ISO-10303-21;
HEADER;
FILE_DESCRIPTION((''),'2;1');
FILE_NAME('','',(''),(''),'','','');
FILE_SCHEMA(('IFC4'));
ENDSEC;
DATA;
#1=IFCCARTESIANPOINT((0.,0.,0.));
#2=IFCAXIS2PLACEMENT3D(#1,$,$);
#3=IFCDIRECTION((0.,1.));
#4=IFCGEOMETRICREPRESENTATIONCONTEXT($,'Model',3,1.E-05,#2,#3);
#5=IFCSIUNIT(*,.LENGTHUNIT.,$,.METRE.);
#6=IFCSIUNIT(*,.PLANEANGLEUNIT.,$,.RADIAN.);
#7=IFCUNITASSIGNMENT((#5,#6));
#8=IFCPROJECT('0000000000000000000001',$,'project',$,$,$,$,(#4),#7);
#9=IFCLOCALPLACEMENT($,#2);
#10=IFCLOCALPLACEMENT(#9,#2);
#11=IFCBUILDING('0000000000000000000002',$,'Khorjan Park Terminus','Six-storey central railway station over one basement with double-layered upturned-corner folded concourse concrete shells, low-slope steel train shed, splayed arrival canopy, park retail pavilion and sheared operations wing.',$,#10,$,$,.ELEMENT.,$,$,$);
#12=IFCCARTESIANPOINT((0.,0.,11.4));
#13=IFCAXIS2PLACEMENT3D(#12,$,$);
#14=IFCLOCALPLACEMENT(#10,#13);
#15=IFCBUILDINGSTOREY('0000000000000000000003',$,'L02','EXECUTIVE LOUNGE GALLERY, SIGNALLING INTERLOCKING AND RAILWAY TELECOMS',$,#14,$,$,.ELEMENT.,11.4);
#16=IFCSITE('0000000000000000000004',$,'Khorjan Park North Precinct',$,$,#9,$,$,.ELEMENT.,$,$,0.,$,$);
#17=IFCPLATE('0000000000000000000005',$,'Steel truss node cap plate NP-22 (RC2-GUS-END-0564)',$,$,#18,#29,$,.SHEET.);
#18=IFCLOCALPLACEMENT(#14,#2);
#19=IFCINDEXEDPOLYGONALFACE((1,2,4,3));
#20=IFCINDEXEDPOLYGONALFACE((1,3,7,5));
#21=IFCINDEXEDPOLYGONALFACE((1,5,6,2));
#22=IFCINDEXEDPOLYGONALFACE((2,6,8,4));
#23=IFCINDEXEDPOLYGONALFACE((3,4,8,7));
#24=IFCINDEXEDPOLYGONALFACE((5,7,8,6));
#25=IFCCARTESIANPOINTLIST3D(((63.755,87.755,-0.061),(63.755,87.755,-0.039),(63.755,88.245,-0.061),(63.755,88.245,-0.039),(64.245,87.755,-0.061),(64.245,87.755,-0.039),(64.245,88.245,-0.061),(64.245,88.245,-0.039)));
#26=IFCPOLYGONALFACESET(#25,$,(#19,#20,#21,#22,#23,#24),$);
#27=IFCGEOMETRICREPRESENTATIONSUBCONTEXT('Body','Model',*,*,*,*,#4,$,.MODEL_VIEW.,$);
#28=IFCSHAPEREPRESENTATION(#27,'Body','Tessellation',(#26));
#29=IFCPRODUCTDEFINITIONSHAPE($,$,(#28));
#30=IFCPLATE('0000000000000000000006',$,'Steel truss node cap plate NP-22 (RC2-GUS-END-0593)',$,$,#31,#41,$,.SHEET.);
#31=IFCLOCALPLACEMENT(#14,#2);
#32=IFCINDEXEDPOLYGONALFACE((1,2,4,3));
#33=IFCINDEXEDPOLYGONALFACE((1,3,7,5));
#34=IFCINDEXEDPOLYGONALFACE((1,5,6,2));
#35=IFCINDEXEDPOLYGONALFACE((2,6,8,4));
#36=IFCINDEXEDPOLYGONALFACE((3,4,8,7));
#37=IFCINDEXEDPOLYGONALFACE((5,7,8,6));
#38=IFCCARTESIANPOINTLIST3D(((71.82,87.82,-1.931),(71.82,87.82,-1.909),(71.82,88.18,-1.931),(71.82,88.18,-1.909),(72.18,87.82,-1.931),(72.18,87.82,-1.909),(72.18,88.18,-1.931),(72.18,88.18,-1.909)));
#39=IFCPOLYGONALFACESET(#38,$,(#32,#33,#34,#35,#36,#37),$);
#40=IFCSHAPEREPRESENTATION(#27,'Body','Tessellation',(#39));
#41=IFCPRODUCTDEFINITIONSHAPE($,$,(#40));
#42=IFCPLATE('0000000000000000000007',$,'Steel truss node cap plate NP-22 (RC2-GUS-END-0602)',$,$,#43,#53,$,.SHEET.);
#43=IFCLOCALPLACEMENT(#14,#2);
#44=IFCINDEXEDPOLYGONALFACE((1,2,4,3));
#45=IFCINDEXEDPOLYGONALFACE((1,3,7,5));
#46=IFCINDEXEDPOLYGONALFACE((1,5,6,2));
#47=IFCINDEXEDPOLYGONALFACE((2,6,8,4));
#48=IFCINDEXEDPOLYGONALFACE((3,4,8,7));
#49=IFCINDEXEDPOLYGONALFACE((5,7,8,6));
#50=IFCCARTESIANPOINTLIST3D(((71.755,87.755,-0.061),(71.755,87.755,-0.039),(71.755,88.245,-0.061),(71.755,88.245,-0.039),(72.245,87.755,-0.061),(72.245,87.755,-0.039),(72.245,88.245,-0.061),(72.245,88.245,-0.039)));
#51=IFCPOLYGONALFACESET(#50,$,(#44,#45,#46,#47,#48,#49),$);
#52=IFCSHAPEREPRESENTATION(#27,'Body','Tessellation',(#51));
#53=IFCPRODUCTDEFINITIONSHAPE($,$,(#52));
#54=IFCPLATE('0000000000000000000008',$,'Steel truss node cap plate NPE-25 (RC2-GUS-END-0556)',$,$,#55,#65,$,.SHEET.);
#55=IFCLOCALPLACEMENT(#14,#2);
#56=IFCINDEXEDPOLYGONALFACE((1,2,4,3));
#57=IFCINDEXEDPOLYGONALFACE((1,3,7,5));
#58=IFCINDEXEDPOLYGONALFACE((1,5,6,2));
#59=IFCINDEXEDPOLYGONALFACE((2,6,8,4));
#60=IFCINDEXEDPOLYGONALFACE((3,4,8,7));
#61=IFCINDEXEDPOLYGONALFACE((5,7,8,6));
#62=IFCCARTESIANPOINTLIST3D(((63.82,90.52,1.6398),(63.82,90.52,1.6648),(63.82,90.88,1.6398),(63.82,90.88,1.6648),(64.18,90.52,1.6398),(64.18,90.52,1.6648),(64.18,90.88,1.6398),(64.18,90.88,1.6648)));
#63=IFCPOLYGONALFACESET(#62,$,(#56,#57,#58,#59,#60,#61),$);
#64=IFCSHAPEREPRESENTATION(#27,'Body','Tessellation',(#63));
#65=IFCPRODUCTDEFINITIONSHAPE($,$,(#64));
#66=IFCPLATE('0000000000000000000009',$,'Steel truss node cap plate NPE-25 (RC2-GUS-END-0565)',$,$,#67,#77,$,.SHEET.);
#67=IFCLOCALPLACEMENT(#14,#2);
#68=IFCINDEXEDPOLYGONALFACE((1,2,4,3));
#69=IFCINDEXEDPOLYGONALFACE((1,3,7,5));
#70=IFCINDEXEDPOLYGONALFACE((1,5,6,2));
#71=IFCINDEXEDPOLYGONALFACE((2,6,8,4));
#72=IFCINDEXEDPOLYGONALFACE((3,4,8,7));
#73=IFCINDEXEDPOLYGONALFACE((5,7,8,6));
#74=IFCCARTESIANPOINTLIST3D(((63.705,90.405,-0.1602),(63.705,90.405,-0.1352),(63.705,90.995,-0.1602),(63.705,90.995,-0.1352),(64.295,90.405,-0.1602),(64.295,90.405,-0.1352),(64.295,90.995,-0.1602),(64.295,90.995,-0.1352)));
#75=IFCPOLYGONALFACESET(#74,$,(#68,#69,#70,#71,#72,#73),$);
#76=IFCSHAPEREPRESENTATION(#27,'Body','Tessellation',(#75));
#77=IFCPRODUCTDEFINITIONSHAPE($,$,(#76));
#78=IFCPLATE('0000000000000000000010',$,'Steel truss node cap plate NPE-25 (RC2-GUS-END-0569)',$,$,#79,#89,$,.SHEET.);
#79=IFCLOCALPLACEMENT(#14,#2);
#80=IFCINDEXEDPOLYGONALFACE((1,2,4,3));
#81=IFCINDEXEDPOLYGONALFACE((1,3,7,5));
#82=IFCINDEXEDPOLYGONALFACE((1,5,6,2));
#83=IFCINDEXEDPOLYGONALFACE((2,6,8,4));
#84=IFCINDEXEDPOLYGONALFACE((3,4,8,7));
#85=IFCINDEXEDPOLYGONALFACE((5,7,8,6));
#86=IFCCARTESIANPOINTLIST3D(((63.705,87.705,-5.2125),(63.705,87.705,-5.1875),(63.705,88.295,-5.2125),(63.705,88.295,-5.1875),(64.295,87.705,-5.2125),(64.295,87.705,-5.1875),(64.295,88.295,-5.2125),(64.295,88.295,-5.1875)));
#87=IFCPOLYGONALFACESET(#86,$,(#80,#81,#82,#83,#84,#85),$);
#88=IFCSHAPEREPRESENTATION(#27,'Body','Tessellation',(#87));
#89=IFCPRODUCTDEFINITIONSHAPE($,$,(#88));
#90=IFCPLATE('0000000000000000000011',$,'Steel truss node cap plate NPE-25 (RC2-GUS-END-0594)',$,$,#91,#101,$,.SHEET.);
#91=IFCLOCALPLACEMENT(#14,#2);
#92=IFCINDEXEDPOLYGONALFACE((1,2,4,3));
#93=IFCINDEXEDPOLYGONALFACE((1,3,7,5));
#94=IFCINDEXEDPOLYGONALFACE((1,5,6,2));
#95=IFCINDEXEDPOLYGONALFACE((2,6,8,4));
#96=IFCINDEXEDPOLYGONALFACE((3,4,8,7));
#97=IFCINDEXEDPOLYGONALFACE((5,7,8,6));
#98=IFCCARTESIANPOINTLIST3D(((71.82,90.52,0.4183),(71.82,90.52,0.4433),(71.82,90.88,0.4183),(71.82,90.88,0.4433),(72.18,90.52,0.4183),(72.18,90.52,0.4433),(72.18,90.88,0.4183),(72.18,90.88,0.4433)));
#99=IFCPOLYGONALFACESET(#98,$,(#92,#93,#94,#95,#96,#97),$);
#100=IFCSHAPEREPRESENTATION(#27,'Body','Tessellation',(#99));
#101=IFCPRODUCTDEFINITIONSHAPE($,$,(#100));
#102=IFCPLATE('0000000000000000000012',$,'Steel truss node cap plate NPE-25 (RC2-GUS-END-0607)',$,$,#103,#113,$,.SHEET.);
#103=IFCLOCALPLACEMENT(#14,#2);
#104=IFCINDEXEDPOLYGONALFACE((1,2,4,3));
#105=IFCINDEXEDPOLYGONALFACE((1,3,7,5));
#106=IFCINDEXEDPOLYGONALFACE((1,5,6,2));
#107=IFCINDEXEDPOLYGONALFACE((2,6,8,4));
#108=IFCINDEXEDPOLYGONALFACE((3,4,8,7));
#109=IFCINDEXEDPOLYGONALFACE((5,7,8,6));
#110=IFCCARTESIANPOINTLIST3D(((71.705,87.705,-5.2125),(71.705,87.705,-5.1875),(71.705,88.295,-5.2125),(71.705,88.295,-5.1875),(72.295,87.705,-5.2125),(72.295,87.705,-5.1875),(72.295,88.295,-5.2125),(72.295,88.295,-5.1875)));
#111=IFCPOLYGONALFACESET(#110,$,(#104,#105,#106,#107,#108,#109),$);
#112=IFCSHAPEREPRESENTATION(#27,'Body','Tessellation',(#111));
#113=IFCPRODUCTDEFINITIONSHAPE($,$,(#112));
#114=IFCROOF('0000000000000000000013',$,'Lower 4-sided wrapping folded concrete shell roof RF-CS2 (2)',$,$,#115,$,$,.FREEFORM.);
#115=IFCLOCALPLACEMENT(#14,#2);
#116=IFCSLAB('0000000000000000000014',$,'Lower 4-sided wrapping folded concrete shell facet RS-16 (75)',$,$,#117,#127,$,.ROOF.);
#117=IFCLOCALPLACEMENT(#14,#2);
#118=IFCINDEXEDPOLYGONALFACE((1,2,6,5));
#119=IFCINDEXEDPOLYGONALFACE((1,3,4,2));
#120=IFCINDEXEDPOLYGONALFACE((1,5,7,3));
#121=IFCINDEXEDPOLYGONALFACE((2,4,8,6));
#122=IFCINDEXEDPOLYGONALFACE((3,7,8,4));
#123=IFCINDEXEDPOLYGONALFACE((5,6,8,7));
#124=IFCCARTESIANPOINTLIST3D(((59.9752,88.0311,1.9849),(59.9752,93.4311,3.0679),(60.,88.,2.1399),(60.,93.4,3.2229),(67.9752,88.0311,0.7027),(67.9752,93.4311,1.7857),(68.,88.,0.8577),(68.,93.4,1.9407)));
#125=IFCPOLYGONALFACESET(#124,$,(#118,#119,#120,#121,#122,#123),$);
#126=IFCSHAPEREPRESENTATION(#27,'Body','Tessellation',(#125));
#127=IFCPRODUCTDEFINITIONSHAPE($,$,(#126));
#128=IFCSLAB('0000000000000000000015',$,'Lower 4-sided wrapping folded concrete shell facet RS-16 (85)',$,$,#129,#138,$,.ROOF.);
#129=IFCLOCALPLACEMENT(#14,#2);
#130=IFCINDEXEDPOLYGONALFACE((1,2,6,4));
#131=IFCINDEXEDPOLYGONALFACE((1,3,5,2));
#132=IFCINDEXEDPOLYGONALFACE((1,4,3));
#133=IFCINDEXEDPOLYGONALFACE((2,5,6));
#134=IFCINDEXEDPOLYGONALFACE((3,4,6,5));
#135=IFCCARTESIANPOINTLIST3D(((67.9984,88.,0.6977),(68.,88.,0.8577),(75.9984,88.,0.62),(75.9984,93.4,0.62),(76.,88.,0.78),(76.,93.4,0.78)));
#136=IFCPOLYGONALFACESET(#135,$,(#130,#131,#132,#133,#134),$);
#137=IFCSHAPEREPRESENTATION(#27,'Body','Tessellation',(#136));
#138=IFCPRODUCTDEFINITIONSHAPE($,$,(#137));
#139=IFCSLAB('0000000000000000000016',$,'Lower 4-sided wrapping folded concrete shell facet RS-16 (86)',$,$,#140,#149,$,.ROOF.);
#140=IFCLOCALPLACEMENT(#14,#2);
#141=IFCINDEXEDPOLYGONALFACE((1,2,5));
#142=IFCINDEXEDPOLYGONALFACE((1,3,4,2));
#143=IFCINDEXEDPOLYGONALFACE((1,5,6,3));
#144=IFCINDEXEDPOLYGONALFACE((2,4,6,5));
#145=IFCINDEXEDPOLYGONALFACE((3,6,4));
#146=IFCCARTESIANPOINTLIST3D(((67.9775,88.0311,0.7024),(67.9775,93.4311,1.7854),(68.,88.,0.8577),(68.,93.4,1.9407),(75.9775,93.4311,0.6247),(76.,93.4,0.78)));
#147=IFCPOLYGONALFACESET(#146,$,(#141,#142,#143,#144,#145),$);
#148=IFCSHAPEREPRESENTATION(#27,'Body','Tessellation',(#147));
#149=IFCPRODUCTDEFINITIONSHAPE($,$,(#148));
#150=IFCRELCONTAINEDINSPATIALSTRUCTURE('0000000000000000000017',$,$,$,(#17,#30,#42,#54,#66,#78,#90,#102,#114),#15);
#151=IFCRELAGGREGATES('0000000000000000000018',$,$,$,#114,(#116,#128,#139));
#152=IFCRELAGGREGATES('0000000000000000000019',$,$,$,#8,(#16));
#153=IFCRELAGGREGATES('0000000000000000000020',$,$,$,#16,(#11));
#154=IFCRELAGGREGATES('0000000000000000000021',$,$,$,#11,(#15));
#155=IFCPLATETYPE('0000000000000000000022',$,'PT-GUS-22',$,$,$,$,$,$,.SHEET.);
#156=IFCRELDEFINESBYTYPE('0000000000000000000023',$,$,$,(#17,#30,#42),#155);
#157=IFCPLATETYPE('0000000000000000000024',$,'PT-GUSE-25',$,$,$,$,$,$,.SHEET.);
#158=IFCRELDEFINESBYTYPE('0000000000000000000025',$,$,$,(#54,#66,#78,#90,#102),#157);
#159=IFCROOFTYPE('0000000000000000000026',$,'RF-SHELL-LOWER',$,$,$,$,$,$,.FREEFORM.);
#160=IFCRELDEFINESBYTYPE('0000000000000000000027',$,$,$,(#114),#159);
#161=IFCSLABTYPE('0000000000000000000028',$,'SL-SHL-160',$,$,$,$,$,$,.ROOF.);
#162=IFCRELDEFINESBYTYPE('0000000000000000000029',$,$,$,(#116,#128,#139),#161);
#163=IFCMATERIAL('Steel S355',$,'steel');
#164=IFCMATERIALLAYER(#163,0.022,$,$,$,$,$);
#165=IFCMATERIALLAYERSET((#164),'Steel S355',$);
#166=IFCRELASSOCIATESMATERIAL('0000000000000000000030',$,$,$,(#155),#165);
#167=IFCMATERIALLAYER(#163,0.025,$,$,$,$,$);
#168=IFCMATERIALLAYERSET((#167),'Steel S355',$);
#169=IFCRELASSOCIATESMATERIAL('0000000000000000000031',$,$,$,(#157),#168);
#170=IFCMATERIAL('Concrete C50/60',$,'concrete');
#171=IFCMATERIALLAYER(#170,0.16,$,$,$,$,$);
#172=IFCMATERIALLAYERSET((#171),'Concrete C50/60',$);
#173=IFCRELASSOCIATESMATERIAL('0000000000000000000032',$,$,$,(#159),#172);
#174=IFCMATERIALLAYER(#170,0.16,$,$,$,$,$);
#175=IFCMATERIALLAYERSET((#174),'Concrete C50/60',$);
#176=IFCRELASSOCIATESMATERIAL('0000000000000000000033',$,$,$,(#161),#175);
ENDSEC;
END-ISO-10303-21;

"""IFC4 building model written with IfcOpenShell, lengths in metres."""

from ifc_helpers import new_model, si_unit, direction, frame, origin, origin_2d, place, context, subcontext, project, spatial, polyline, rectangle, outline, extrude, material, layer, layer_set, type_object, element, aggregate, save


model = new_model("IFC4")

# Units and contexts
model_context = context("Model", 3, precision=1e-05, world=origin(), true_north=direction((0.0, 1.0)))
body_context = subcontext(model_context, "Body", "Model", "MODEL_VIEW")
ifc_project = project(units=[si_unit("LENGTHUNIT", "METRE"), si_unit("PLANEANGLEUNIT", "RADIAN")], contexts=[model_context])

# Site, building, storey
site_placement = place(None, origin())
site = spatial("IfcSite", under=ifc_project, at=site_placement, Name="Khorjan Park North Precinct", CompositionType="ELEMENT", RefElevation=0.0)
building_placement = place(site_placement, origin())
building = spatial("IfcBuilding", under=site, at=building_placement, Name="Khorjan Park Terminus", Description="Six-storey central railway station over one basement with double-layered upturned-corner folded concourse concrete shells, low-slope steel train shed, splayed arrival canopy, park retail pavilion and sheared operations wing.", CompositionType="ELEMENT")
storey_placement = place(building_placement, frame((0.0, 0.0, 11.4)))
storey = spatial("IfcBuildingStorey", under=building, at=storey_placement, Name="L02", Description="EXECUTIVE LOUNGE GALLERY, SIGNALLING INTERLOCKING AND RAILWAY TELECOMS", CompositionType="ELEMENT", Elevation=11.4)

# Shared definitions
ifc_material_1 = material(Name="Concrete C50/60", Category="concrete")

# Shared definitions
ifc_material_2 = material(Name="Steel S355", Category="steel")

# Plates
ifc_layer_1 = layer(ifc_material_2, 0.022)
ifc_layer_set_1 = layer_set([ifc_layer_1], Name="Steel S355")
plate_type_1 = type_object("IfcPlateType", Name="PT-GUS-22", PredefinedType="SHEET", material=ifc_layer_set_1)
plate_1_placement = place(storey_placement, frame((64.0, 88.0, -0.061), z_axis=(0.0, 0.0, 1.0), x_axis=(1.0, 0.0, 0.0)))
element("IfcPlate", 1, at=plate_1_placement, inside=storey, type_object=plate_type_1, Name="Steel truss node cap plate NP-22 (RC2-GUS-END-0564)", PredefinedType="SHEET", context=body_context, shape_type="SweptSolid", body=[
    extrude(rectangle(XDim=0.49, YDim=0.49, at=origin_2d()), origin(), (0.0, 0.0, 1.0), 0.022),
])
plate_2_placement = place(storey_placement, frame((72.0, 88.0, -1.931), z_axis=(0.0, 0.0, 1.0), x_axis=(1.0, 0.0, 0.0)))
element("IfcPlate", 2, at=plate_2_placement, inside=storey, type_object=plate_type_1, Name="Steel truss node cap plate NP-22 (RC2-GUS-END-0593)", PredefinedType="SHEET", context=body_context, shape_type="SweptSolid", body=[
    extrude(rectangle(XDim=0.36, YDim=0.36, at=origin_2d()), origin(), (0.0, 0.0, 1.0), 0.022),
])
plate_3_placement = place(storey_placement, frame((72.0, 88.0, -0.061), z_axis=(0.0, 0.0, 1.0), x_axis=(1.0, 0.0, 0.0)))
element("IfcPlate", 3, at=plate_3_placement, inside=storey, type_object=plate_type_1, Name="Steel truss node cap plate NP-22 (RC2-GUS-END-0602)", PredefinedType="SHEET", context=body_context, shape_type="SweptSolid", body=[
    extrude(rectangle(XDim=0.49, YDim=0.49, at=origin_2d()), origin(), (0.0, 0.0, 1.0), 0.022),
])
ifc_layer_2 = layer(ifc_material_2, 0.025)
ifc_layer_set_2 = layer_set([ifc_layer_2], Name="Steel S355")
plate_type_2 = type_object("IfcPlateType", Name="PT-GUSE-25", PredefinedType="SHEET", material=ifc_layer_set_2)
plate_4_placement = place(storey_placement, frame((64.0, 90.7, 1.6398), z_axis=(0.0, 0.0, 1.0), x_axis=(1.0, 0.0, 0.0)))
element("IfcPlate", 4, at=plate_4_placement, inside=storey, type_object=plate_type_2, Name="Steel truss node cap plate NPE-25 (RC2-GUS-END-0556)", PredefinedType="SHEET", context=body_context, shape_type="SweptSolid", body=[
    extrude(rectangle(XDim=0.36, YDim=0.36, at=origin_2d()), origin(), (0.0, 0.0, 1.0), 0.025),
])
for number, where, z_axis, x_axis, name in (
    (5, (64.0, 90.7, -0.1602), (0.0, 0.0, 1.0), (1.0, 0.0, 0.0), "Steel truss node cap plate NPE-25 (RC2-GUS-END-0565)"),
    (6, (64.0, 88.0, -5.2125), (0.0, 0.0, 1.0), (1.0, 0.0, 0.0), "Steel truss node cap plate NPE-25 (RC2-GUS-END-0569)"),
):
    element("IfcPlate", number, at=place(storey_placement, frame(where, z_axis=z_axis, x_axis=x_axis)), inside=storey, type_object=plate_type_2, Name=name, PredefinedType="SHEET", context=body_context, shape_type="SweptSolid", body=[
        extrude(rectangle(XDim=0.59, YDim=0.59, at=origin_2d()), origin(), (0.0, 0.0, 1.0), 0.025),
    ])
plate_5_placement = place(storey_placement, frame((72.0, 90.7, 0.4183), z_axis=(0.0, 0.0, 1.0), x_axis=(1.0, 0.0, 0.0)))
element("IfcPlate", 7, at=plate_5_placement, inside=storey, type_object=plate_type_2, Name="Steel truss node cap plate NPE-25 (RC2-GUS-END-0594)", PredefinedType="SHEET", context=body_context, shape_type="SweptSolid", body=[
    extrude(rectangle(XDim=0.36, YDim=0.36, at=origin_2d()), origin(), (0.0, 0.0, 1.0), 0.025),
])
plate_6_placement = place(storey_placement, frame((72.0, 88.0, -5.2125), z_axis=(0.0, 0.0, 1.0), x_axis=(1.0, 0.0, 0.0)))
element("IfcPlate", 8, at=plate_6_placement, inside=storey, type_object=plate_type_2, Name="Steel truss node cap plate NPE-25 (RC2-GUS-END-0607)", PredefinedType="SHEET", context=body_context, shape_type="SweptSolid", body=[
    extrude(rectangle(XDim=0.59, YDim=0.59, at=origin_2d()), origin(), (0.0, 0.0, 1.0), 0.025),
])

# Roof, slabs
ifc_layer_3 = layer(ifc_material_1, 0.16)
ifc_layer_set_3 = layer_set([ifc_layer_3], Name="Concrete C50/60")
roof_type = type_object("IfcRoofType", Name="RF-SHELL-LOWER", PredefinedType="FREEFORM", material=ifc_layer_set_3)
roof_placement = place(storey_placement, origin())
roof = element("IfcRoof", 9, at=roof_placement, inside=storey, type_object=roof_type, Name="Lower 4-sided wrapping folded concrete shell roof RF-CS2 (2)", PredefinedType="FREEFORM")
ifc_layer_4 = layer(ifc_material_1, 0.16)
ifc_layer_set_4 = layer_set([ifc_layer_4], Name="Concrete C50/60")
slab_type = type_object("IfcSlabType", Name="SL-SHL-160", PredefinedType="ROOF", material=ifc_layer_set_4)
slab_1_placement = place(storey_placement, frame((60.0, 88.0, 2.1399), z_axis=(0.155241, -0.194256, 0.968589), x_axis=(0.987398, 0.0, -0.158255)))
slab_1 = element("IfcSlab", 10, at=slab_1_placement, type_object=slab_type, Name="Lower 4-sided wrapping folded concrete shell facet RS-16 (75)", PredefinedType="ROOF", context=body_context, shape_type="SweptSolid", body=[
    extrude(outline(polyline([(0.0, 0.0), (8.1021, 0.0), (7.9307, 5.5049), (-0.1714, 5.5049), (0.0, 0.0)])), origin(), (0.0, 0.0, -1.0), 0.16),
])
slab_2_placement = place(storey_placement, frame((68.0, 88.0, 0.8577), z_axis=(0.009712, 0.0, 0.999953), x_axis=(0.999953, 0.0, -0.009712)))
slab_2 = element("IfcSlab", 11, at=slab_2_placement, type_object=slab_type, Name="Lower 4-sided wrapping folded concrete shell facet RS-16 (85)", PredefinedType="ROOF", context=body_context, shape_type="SweptSolid", body=[
    extrude(outline(polyline([(0.0, 0.0), (8.0004, 0.0), (8.0004, 5.4), (0.0, 0.0)])), origin(), (0.0, 0.0, -1.0), 0.16),
])
slab_3_placement = place(storey_placement, frame((68.0, 88.0, 0.8577), z_axis=(0.140837, -0.19468, 0.970703), x_axis=(0.828822, 0.559455, -0.00805)))
slab_3 = element("IfcSlab", 12, at=slab_3_placement, type_object=slab_type, Name="Lower 4-sided wrapping folded concrete shell facet RS-16 (86)", PredefinedType="ROOF", context=body_context, shape_type="SweptSolid", body=[
    extrude(outline(polyline([(0.0, 0.0), (9.6523, 0.0), (3.0123, 4.6107), (0.0, 0.0)])), origin(), (0.0, 0.0, -1.0), 0.16),
])
aggregate(roof, [slab_1, slab_2, slab_3])

save(model, "model.ifc")
